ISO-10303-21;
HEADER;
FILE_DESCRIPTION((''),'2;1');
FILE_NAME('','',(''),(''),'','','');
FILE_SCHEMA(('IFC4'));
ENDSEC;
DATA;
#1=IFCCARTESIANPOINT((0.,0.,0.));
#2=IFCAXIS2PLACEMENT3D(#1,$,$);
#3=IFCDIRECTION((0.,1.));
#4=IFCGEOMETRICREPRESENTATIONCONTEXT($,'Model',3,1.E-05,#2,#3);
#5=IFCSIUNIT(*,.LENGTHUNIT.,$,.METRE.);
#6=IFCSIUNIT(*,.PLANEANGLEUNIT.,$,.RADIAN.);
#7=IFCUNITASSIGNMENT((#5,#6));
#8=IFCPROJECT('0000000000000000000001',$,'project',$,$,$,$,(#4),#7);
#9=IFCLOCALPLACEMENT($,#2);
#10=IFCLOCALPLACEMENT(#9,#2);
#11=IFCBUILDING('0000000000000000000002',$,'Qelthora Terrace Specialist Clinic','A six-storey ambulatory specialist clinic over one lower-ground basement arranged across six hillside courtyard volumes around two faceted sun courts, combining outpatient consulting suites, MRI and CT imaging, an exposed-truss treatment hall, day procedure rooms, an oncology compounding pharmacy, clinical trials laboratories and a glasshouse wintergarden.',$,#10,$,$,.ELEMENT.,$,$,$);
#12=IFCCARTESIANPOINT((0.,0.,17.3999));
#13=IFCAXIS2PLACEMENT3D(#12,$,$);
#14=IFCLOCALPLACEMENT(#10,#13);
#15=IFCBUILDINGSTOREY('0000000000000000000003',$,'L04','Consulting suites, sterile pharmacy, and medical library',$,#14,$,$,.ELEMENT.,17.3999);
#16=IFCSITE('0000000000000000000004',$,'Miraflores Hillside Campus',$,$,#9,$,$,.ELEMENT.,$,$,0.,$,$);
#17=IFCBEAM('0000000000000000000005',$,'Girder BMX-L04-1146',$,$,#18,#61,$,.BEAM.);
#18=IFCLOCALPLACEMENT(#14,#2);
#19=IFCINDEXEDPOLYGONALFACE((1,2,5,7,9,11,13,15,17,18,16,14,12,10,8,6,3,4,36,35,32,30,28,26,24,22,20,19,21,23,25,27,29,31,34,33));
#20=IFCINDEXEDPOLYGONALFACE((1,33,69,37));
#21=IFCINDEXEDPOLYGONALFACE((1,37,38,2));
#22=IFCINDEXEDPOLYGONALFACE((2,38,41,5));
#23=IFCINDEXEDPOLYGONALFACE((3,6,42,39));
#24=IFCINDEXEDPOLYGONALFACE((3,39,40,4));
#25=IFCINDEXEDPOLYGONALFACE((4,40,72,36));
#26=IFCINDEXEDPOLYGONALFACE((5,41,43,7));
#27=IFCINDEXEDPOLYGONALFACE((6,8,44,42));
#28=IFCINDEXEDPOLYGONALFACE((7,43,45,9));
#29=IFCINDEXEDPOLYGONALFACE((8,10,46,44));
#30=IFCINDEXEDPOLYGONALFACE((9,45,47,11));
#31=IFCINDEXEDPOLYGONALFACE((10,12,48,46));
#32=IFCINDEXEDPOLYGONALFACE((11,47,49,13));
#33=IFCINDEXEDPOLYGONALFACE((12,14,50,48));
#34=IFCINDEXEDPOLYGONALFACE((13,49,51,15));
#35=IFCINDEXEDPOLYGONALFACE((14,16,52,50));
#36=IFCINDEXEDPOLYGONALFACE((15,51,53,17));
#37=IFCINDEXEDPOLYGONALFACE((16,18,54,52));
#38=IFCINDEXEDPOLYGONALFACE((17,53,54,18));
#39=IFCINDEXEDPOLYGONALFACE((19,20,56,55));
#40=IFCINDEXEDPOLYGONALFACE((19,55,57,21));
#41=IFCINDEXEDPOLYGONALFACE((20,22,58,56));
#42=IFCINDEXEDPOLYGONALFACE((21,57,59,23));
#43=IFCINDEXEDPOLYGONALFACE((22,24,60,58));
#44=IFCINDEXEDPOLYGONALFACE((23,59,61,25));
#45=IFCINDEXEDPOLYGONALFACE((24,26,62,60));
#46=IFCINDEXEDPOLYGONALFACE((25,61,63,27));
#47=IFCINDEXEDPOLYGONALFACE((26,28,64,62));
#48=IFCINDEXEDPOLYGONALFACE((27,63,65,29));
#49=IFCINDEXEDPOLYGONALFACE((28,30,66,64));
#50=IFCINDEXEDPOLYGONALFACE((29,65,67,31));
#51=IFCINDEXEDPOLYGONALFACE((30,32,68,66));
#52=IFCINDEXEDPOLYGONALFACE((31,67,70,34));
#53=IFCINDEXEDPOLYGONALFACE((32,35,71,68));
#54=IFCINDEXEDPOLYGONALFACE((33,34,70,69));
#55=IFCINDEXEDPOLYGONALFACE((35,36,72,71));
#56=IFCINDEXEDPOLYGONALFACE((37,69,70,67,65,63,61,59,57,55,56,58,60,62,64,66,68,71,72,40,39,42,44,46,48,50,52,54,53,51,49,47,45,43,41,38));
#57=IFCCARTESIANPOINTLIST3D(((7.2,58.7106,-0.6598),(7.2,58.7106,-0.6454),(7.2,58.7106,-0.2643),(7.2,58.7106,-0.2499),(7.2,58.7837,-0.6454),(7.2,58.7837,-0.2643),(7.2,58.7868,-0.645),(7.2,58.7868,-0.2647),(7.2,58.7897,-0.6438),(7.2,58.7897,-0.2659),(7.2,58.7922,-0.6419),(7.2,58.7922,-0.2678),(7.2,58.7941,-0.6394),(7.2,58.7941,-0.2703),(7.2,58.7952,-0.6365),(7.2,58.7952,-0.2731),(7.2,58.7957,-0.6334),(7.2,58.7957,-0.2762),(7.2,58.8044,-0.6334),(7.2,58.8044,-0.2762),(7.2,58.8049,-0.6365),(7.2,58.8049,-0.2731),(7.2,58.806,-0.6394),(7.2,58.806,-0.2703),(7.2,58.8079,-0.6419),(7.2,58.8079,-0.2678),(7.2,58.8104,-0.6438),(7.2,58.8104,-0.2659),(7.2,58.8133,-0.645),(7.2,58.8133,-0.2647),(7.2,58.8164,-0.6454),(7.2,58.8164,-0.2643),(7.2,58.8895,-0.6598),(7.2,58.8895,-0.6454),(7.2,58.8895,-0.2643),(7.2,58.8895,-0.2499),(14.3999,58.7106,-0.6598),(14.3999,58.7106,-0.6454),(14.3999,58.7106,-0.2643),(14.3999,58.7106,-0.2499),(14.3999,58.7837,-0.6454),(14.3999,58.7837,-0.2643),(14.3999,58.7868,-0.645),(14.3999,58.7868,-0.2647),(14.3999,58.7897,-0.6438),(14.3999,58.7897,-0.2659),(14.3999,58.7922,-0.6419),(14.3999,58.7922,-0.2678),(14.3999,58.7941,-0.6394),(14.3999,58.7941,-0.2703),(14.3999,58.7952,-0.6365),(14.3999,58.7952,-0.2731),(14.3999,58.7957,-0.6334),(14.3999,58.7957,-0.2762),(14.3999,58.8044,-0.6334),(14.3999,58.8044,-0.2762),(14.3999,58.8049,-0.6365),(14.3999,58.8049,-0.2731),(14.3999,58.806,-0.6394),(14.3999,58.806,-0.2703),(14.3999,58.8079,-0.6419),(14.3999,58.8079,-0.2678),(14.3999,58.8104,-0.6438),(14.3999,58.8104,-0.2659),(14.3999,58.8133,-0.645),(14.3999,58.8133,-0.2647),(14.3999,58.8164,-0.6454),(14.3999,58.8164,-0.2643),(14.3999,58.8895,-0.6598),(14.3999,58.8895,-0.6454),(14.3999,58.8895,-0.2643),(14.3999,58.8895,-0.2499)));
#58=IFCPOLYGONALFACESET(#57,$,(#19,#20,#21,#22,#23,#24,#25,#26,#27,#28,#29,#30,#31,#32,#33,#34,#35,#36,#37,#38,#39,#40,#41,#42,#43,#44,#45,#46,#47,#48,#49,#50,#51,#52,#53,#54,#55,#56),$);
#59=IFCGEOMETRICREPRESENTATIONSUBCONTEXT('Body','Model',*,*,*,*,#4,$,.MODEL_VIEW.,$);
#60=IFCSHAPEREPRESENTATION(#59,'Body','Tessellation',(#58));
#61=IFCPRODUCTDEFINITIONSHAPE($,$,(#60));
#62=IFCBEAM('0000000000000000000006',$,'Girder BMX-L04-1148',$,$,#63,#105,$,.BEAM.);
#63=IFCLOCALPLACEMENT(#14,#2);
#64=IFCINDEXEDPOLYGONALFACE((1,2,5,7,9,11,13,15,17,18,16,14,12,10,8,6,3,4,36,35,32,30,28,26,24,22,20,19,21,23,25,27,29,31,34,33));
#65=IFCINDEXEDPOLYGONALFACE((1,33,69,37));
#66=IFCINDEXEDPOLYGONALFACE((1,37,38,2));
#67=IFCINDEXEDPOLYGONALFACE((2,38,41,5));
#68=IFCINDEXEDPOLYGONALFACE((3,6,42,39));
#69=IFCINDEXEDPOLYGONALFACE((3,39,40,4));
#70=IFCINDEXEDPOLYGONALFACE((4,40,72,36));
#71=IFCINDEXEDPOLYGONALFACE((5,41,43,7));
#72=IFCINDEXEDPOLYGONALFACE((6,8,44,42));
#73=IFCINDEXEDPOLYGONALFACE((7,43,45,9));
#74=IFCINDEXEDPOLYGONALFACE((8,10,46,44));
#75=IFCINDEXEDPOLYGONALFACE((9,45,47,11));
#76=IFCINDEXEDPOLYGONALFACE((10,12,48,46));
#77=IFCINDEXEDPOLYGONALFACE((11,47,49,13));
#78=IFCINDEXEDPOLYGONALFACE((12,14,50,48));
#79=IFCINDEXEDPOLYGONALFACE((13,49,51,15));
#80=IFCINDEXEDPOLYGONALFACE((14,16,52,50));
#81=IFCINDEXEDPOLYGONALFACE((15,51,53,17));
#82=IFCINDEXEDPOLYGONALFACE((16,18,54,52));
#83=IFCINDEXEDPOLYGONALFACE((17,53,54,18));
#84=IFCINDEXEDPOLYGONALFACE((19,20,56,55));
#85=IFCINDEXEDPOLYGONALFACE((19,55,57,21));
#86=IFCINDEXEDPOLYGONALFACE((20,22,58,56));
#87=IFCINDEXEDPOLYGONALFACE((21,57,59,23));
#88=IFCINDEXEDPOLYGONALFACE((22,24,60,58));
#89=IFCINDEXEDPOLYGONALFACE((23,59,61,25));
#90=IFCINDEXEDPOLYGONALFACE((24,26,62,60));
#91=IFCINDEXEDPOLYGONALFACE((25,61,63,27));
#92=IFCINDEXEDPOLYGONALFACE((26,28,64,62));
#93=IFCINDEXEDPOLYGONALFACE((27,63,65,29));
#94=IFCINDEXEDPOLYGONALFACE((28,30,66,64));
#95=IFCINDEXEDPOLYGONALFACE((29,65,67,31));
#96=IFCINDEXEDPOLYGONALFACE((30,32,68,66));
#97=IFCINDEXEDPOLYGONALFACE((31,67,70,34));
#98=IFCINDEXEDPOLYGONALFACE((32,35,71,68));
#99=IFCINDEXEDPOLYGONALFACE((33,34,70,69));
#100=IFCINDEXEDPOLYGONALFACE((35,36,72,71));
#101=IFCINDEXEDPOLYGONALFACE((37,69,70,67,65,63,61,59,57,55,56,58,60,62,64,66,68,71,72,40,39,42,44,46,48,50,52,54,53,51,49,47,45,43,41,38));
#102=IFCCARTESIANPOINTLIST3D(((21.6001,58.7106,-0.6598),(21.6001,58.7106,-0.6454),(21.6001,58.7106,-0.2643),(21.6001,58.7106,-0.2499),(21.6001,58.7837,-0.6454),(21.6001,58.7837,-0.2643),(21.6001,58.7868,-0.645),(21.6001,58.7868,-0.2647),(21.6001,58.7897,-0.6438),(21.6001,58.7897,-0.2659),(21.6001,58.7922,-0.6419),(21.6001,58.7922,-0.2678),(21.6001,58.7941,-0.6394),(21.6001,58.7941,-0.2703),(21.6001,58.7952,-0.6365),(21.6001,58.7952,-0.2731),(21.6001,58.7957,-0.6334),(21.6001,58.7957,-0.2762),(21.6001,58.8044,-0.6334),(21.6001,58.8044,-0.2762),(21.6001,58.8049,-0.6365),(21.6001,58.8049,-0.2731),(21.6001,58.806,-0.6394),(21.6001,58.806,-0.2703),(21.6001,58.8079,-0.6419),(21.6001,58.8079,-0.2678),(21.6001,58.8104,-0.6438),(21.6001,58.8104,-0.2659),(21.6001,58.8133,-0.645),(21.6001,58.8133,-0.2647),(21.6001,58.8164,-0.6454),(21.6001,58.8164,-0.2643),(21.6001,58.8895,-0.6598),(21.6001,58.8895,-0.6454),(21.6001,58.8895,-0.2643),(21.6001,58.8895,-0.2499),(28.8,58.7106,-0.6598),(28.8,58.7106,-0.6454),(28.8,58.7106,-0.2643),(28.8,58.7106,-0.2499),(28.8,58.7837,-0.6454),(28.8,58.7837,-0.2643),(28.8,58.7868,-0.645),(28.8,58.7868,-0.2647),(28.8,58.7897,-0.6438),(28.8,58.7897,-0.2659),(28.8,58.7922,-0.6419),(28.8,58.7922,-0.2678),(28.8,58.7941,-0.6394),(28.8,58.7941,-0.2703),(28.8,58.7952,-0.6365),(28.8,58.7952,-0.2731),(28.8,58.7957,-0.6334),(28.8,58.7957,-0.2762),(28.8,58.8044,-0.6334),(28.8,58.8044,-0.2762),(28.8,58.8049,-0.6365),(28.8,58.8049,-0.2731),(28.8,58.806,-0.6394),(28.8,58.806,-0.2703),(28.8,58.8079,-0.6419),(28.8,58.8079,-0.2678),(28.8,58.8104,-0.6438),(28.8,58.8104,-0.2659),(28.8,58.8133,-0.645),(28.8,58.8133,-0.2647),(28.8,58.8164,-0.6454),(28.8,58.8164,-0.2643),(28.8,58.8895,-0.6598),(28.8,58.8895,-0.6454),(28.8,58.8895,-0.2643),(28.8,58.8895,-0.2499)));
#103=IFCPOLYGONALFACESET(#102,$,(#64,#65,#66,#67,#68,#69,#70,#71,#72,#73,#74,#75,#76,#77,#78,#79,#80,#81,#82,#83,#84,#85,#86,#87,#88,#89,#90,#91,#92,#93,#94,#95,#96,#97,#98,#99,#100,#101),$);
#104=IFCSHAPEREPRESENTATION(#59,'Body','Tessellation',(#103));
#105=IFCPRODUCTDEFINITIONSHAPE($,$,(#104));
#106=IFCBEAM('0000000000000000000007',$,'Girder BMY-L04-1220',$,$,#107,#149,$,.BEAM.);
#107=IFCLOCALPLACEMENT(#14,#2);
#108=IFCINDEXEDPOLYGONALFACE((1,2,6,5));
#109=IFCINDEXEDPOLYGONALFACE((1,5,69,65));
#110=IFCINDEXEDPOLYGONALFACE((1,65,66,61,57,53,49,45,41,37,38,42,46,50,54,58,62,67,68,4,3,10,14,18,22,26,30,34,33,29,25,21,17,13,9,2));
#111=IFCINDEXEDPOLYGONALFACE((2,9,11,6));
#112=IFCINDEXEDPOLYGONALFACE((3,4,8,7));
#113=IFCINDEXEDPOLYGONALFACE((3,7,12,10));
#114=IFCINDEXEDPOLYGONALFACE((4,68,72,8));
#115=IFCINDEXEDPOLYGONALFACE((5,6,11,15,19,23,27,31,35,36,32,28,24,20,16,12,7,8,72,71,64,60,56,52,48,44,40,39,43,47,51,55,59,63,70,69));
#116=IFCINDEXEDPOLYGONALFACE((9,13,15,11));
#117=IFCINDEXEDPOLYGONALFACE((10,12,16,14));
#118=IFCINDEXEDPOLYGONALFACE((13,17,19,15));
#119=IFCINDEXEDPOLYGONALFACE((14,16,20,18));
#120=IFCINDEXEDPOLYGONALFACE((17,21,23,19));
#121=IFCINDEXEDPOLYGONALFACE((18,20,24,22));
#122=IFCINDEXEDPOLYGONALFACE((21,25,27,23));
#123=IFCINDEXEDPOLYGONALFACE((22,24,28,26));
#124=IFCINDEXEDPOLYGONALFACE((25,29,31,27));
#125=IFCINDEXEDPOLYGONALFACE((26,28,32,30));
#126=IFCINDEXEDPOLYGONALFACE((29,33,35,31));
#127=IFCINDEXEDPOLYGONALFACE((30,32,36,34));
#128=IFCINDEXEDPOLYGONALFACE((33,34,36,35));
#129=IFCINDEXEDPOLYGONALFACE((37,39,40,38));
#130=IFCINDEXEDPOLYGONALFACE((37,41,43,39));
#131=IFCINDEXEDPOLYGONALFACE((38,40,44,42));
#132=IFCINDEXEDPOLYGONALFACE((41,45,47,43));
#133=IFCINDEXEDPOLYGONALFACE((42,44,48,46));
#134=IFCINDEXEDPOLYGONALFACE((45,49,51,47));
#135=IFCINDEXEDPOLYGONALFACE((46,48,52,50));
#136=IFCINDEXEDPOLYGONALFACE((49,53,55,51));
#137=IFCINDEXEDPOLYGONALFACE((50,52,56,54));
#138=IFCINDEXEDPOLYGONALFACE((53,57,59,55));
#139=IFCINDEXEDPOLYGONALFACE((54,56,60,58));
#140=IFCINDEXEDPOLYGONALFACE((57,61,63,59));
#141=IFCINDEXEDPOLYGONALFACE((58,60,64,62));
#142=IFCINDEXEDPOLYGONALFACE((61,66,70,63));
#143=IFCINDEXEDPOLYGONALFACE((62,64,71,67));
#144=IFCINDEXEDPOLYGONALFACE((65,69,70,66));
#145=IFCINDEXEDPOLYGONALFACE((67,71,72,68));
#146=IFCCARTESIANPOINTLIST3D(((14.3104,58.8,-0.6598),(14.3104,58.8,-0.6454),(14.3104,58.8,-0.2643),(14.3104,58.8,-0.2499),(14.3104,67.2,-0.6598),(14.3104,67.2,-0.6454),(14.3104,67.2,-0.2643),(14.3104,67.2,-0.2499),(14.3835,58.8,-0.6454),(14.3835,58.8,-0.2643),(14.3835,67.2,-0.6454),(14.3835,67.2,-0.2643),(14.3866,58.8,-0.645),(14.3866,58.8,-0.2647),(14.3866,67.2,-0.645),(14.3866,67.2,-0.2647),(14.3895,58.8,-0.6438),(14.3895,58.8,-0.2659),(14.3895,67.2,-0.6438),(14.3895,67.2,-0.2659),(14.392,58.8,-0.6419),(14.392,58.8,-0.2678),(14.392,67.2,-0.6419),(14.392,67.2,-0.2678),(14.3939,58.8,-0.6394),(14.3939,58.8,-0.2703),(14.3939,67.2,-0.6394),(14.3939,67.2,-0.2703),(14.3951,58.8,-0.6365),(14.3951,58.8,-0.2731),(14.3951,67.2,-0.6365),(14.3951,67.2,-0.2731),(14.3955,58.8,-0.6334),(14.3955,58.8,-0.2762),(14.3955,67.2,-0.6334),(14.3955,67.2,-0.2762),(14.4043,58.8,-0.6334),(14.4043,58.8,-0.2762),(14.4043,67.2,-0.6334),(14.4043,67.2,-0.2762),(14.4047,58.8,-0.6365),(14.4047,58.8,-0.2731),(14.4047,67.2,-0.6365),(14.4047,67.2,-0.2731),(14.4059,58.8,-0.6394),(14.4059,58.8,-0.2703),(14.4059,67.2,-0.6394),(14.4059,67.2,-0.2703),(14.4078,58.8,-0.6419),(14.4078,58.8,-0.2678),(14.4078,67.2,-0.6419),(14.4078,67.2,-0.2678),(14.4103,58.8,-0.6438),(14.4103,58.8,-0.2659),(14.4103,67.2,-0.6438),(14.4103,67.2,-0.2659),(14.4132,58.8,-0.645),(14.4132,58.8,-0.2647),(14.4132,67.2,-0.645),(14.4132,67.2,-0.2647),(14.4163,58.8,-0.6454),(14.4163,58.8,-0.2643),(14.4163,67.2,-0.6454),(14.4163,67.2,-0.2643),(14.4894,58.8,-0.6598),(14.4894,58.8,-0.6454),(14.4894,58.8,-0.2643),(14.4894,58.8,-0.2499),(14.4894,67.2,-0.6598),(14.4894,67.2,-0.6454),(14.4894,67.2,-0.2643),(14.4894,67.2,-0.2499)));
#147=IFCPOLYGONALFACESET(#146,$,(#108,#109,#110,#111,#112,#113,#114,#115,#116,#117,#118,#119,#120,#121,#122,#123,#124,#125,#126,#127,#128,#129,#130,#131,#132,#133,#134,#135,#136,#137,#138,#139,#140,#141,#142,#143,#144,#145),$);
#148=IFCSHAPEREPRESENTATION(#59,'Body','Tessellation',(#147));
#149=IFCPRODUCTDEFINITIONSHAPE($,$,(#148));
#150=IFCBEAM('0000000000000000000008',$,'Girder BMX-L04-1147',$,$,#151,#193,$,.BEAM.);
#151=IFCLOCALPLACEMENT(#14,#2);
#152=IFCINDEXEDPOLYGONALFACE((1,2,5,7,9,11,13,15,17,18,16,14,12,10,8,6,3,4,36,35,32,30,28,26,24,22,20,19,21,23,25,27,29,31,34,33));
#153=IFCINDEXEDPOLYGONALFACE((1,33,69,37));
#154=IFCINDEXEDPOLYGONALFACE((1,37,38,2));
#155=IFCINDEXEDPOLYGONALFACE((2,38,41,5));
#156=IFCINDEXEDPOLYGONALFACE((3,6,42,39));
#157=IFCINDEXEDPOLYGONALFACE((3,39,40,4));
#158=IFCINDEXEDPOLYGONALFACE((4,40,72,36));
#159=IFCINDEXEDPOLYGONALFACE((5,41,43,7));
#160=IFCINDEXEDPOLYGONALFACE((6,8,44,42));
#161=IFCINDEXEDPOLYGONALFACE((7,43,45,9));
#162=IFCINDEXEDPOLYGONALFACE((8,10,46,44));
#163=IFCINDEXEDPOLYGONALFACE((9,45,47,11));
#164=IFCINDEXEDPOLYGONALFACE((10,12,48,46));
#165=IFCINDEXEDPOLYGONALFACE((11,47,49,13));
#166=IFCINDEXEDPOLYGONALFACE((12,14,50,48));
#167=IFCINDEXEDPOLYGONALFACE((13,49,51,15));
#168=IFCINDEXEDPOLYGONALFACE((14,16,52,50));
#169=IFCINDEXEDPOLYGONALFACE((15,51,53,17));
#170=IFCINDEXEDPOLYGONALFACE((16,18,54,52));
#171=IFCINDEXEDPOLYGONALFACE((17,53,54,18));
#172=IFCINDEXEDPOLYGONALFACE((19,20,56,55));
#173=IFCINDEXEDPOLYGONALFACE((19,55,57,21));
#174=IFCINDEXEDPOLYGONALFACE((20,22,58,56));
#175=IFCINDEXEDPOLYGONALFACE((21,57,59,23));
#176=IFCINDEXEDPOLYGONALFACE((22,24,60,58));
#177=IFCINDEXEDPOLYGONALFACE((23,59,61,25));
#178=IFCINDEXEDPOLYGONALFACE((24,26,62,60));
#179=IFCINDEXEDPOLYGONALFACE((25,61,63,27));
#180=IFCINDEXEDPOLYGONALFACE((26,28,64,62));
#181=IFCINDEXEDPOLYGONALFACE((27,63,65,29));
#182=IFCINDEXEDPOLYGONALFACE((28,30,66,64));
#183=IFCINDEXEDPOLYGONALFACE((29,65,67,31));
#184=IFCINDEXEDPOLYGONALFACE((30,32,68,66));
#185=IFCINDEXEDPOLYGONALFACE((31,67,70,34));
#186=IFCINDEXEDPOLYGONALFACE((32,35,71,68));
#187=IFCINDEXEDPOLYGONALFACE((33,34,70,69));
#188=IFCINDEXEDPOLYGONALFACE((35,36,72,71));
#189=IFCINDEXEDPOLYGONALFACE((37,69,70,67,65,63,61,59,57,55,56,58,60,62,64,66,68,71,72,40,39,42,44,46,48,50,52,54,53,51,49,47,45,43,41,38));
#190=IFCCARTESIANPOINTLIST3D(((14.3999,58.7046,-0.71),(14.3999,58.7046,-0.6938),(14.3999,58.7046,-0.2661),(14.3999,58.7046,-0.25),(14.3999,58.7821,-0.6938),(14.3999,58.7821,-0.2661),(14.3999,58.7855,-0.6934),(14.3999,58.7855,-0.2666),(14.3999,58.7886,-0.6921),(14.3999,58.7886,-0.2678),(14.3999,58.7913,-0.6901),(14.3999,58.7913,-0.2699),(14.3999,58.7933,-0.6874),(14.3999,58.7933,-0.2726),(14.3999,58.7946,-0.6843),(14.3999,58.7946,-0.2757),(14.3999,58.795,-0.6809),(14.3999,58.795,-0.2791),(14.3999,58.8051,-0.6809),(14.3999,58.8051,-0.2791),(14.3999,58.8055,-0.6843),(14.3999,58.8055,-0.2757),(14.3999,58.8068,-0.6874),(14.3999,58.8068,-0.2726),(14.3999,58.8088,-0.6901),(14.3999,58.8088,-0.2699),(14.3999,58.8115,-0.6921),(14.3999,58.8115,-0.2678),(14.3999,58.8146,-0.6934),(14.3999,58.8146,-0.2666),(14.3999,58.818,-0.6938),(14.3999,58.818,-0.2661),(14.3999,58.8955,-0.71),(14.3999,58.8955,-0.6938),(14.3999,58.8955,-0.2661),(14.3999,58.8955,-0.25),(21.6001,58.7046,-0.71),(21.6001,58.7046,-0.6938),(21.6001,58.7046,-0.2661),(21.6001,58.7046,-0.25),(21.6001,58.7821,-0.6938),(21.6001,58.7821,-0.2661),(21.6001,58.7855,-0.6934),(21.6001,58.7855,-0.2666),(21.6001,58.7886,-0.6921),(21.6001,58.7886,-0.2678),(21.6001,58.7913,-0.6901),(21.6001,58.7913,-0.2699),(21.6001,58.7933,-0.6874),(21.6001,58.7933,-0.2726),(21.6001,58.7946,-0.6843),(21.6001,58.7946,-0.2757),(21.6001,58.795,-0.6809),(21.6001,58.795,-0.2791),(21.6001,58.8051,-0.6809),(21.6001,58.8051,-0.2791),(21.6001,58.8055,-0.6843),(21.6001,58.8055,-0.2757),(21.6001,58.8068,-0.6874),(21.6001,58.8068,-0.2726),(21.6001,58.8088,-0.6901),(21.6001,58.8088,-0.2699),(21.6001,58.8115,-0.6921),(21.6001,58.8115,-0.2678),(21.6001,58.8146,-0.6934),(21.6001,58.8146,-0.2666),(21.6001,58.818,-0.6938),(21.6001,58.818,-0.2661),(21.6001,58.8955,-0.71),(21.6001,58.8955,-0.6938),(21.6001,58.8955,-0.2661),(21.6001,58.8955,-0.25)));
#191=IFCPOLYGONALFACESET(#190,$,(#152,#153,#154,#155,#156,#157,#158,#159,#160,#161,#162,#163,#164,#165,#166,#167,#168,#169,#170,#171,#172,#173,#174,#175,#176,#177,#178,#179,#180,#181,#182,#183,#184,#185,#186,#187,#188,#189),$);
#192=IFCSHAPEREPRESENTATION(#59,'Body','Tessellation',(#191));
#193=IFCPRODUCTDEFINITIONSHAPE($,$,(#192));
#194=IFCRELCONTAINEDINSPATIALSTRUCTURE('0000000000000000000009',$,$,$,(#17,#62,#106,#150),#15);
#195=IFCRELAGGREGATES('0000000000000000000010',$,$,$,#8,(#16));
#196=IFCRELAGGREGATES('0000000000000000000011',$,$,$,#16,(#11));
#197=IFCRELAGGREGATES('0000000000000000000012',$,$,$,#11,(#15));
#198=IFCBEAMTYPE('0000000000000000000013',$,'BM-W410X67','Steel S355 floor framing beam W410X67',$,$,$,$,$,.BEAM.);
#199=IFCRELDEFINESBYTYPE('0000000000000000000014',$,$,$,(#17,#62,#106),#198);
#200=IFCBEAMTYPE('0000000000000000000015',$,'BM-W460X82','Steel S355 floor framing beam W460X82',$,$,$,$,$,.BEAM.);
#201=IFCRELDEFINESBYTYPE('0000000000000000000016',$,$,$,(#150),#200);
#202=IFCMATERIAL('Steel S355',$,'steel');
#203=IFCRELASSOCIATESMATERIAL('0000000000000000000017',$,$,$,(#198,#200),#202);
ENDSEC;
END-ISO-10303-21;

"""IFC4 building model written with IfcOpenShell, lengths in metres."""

from ifc_helpers import new_model, si_unit, direction, frame, origin, origin_2d, place, context, subcontext, project, spatial, i_section, extrude, material, material_profile, profile_set, type_object, element, save


model = new_model("IFC4")

# Units and contexts
model_context = context("Model", 3, precision=1e-05, world=origin(), true_north=direction((0.0, 1.0)))
body_context = subcontext(model_context, "Body", "Model", "MODEL_VIEW")
ifc_project = project(units=[si_unit("LENGTHUNIT", "METRE"), si_unit("PLANEANGLEUNIT", "RADIAN")], contexts=[model_context])

# Site, building, storey
site_placement = place(None, origin())
site = spatial("IfcSite", under=ifc_project, at=site_placement, Name="Miraflores Hillside Campus", CompositionType="ELEMENT", RefElevation=0.0)
building_placement = place(site_placement, origin())
building = spatial("IfcBuilding", under=site, at=building_placement, Name="Qelthora Terrace Specialist Clinic", Description="A six-storey ambulatory specialist clinic over one lower-ground basement arranged across six hillside courtyard volumes around two faceted sun courts, combining outpatient consulting suites, MRI and CT imaging, an exposed-truss treatment hall, day procedure rooms, an oncology compounding pharmacy, clinical trials laboratories and a glasshouse wintergarden.", CompositionType="ELEMENT")
storey_placement = place(building_placement, frame((0.0, 0.0, 17.3999)))
storey = spatial("IfcBuildingStorey", under=building, at=storey_placement, Name="L04", Description="Consulting suites, sterile pharmacy, and medical library", CompositionType="ELEMENT", Elevation=17.3999)

# Shared definitions
ifc_material_1 = material(Name="Steel S355", Category="steel")

# Beams
ifc_material_profile_1 = material_profile(ifc_material_1, i_section(OverallWidth=0.179, OverallDepth=0.4099, WebThickness=0.0088, FlangeThickness=0.0144, FilletRadius=0.012, at=origin_2d()), Name="W410X67")
ifc_profile_set_1 = profile_set([ifc_material_profile_1], Name="Steel S355")
beam_type_1 = type_object("IfcBeamType", Name="BM-W410X67", Description="Steel S355 floor framing beam W410X67", PredefinedType="BEAM", material=ifc_profile_set_1)
for number, where, z_axis, x_axis, name in (
    (1, (7.2, 58.8, -0.4548), (1.0, 0.0, 0.0), (0.0, 1.0, 0.0), "Girder BMX-L04-1146"),
    (2, (21.6001, 58.8, -0.4548), (1.0, 0.0, 0.0), (0.0, 1.0, 0.0), "Girder BMX-L04-1148"),
):
    element("IfcBeam", number, at=place(storey_placement, frame(where, z_axis=z_axis, x_axis=x_axis)), inside=storey, type_object=beam_type_1, Name=name, PredefinedType="BEAM", context=body_context, shape_type="SweptSolid", body=[
        extrude(i_section(OverallWidth=0.179, OverallDepth=0.4099, WebThickness=0.0088, FlangeThickness=0.0144, FilletRadius=0.012, at=origin_2d()), origin(), (0.0, 0.0, 1.0), 7.2),
    ])
beam_1_placement = place(storey_placement, frame((14.3999, 58.8, -0.4548), z_axis=(0.0, 1.0, 0.0), x_axis=(-1.0, 0.0, 0.0)))
element("IfcBeam", 3, at=beam_1_placement, inside=storey, type_object=beam_type_1, Name="Girder BMY-L04-1220", PredefinedType="BEAM", context=body_context, shape_type="SweptSolid", body=[
    extrude(i_section(OverallWidth=0.179, OverallDepth=0.4099, WebThickness=0.0088, FlangeThickness=0.0144, FilletRadius=0.012, at=origin_2d()), origin(), (0.0, 0.0, 1.0), 8.3999),
])
ifc_material_profile_2 = material_profile(ifc_material_1, i_section(OverallWidth=0.1909, OverallDepth=0.46, WebThickness=0.01, FlangeThickness=0.0161, FilletRadius=0.0129, at=origin_2d()), Name="W460X82")
ifc_profile_set_2 = profile_set([ifc_material_profile_2], Name="Steel S355")
beam_type_2 = type_object("IfcBeamType", Name="BM-W460X82", Description="Steel S355 floor framing beam W460X82", PredefinedType="BEAM", material=ifc_profile_set_2)
beam_2_placement = place(storey_placement, frame((14.3999, 58.8, -0.48), z_axis=(1.0, 0.0, 0.0), x_axis=(0.0, 1.0, 0.0)))
element("IfcBeam", 4, at=beam_2_placement, inside=storey, type_object=beam_type_2, Name="Girder BMX-L04-1147", PredefinedType="BEAM", context=body_context, shape_type="SweptSolid", body=[
    extrude(i_section(OverallWidth=0.1909, OverallDepth=0.46, WebThickness=0.01, FlangeThickness=0.0161, FilletRadius=0.0129, at=origin_2d()), origin(), (0.0, 0.0, 1.0), 7.2002),
])

save(model, "model.ifc")
